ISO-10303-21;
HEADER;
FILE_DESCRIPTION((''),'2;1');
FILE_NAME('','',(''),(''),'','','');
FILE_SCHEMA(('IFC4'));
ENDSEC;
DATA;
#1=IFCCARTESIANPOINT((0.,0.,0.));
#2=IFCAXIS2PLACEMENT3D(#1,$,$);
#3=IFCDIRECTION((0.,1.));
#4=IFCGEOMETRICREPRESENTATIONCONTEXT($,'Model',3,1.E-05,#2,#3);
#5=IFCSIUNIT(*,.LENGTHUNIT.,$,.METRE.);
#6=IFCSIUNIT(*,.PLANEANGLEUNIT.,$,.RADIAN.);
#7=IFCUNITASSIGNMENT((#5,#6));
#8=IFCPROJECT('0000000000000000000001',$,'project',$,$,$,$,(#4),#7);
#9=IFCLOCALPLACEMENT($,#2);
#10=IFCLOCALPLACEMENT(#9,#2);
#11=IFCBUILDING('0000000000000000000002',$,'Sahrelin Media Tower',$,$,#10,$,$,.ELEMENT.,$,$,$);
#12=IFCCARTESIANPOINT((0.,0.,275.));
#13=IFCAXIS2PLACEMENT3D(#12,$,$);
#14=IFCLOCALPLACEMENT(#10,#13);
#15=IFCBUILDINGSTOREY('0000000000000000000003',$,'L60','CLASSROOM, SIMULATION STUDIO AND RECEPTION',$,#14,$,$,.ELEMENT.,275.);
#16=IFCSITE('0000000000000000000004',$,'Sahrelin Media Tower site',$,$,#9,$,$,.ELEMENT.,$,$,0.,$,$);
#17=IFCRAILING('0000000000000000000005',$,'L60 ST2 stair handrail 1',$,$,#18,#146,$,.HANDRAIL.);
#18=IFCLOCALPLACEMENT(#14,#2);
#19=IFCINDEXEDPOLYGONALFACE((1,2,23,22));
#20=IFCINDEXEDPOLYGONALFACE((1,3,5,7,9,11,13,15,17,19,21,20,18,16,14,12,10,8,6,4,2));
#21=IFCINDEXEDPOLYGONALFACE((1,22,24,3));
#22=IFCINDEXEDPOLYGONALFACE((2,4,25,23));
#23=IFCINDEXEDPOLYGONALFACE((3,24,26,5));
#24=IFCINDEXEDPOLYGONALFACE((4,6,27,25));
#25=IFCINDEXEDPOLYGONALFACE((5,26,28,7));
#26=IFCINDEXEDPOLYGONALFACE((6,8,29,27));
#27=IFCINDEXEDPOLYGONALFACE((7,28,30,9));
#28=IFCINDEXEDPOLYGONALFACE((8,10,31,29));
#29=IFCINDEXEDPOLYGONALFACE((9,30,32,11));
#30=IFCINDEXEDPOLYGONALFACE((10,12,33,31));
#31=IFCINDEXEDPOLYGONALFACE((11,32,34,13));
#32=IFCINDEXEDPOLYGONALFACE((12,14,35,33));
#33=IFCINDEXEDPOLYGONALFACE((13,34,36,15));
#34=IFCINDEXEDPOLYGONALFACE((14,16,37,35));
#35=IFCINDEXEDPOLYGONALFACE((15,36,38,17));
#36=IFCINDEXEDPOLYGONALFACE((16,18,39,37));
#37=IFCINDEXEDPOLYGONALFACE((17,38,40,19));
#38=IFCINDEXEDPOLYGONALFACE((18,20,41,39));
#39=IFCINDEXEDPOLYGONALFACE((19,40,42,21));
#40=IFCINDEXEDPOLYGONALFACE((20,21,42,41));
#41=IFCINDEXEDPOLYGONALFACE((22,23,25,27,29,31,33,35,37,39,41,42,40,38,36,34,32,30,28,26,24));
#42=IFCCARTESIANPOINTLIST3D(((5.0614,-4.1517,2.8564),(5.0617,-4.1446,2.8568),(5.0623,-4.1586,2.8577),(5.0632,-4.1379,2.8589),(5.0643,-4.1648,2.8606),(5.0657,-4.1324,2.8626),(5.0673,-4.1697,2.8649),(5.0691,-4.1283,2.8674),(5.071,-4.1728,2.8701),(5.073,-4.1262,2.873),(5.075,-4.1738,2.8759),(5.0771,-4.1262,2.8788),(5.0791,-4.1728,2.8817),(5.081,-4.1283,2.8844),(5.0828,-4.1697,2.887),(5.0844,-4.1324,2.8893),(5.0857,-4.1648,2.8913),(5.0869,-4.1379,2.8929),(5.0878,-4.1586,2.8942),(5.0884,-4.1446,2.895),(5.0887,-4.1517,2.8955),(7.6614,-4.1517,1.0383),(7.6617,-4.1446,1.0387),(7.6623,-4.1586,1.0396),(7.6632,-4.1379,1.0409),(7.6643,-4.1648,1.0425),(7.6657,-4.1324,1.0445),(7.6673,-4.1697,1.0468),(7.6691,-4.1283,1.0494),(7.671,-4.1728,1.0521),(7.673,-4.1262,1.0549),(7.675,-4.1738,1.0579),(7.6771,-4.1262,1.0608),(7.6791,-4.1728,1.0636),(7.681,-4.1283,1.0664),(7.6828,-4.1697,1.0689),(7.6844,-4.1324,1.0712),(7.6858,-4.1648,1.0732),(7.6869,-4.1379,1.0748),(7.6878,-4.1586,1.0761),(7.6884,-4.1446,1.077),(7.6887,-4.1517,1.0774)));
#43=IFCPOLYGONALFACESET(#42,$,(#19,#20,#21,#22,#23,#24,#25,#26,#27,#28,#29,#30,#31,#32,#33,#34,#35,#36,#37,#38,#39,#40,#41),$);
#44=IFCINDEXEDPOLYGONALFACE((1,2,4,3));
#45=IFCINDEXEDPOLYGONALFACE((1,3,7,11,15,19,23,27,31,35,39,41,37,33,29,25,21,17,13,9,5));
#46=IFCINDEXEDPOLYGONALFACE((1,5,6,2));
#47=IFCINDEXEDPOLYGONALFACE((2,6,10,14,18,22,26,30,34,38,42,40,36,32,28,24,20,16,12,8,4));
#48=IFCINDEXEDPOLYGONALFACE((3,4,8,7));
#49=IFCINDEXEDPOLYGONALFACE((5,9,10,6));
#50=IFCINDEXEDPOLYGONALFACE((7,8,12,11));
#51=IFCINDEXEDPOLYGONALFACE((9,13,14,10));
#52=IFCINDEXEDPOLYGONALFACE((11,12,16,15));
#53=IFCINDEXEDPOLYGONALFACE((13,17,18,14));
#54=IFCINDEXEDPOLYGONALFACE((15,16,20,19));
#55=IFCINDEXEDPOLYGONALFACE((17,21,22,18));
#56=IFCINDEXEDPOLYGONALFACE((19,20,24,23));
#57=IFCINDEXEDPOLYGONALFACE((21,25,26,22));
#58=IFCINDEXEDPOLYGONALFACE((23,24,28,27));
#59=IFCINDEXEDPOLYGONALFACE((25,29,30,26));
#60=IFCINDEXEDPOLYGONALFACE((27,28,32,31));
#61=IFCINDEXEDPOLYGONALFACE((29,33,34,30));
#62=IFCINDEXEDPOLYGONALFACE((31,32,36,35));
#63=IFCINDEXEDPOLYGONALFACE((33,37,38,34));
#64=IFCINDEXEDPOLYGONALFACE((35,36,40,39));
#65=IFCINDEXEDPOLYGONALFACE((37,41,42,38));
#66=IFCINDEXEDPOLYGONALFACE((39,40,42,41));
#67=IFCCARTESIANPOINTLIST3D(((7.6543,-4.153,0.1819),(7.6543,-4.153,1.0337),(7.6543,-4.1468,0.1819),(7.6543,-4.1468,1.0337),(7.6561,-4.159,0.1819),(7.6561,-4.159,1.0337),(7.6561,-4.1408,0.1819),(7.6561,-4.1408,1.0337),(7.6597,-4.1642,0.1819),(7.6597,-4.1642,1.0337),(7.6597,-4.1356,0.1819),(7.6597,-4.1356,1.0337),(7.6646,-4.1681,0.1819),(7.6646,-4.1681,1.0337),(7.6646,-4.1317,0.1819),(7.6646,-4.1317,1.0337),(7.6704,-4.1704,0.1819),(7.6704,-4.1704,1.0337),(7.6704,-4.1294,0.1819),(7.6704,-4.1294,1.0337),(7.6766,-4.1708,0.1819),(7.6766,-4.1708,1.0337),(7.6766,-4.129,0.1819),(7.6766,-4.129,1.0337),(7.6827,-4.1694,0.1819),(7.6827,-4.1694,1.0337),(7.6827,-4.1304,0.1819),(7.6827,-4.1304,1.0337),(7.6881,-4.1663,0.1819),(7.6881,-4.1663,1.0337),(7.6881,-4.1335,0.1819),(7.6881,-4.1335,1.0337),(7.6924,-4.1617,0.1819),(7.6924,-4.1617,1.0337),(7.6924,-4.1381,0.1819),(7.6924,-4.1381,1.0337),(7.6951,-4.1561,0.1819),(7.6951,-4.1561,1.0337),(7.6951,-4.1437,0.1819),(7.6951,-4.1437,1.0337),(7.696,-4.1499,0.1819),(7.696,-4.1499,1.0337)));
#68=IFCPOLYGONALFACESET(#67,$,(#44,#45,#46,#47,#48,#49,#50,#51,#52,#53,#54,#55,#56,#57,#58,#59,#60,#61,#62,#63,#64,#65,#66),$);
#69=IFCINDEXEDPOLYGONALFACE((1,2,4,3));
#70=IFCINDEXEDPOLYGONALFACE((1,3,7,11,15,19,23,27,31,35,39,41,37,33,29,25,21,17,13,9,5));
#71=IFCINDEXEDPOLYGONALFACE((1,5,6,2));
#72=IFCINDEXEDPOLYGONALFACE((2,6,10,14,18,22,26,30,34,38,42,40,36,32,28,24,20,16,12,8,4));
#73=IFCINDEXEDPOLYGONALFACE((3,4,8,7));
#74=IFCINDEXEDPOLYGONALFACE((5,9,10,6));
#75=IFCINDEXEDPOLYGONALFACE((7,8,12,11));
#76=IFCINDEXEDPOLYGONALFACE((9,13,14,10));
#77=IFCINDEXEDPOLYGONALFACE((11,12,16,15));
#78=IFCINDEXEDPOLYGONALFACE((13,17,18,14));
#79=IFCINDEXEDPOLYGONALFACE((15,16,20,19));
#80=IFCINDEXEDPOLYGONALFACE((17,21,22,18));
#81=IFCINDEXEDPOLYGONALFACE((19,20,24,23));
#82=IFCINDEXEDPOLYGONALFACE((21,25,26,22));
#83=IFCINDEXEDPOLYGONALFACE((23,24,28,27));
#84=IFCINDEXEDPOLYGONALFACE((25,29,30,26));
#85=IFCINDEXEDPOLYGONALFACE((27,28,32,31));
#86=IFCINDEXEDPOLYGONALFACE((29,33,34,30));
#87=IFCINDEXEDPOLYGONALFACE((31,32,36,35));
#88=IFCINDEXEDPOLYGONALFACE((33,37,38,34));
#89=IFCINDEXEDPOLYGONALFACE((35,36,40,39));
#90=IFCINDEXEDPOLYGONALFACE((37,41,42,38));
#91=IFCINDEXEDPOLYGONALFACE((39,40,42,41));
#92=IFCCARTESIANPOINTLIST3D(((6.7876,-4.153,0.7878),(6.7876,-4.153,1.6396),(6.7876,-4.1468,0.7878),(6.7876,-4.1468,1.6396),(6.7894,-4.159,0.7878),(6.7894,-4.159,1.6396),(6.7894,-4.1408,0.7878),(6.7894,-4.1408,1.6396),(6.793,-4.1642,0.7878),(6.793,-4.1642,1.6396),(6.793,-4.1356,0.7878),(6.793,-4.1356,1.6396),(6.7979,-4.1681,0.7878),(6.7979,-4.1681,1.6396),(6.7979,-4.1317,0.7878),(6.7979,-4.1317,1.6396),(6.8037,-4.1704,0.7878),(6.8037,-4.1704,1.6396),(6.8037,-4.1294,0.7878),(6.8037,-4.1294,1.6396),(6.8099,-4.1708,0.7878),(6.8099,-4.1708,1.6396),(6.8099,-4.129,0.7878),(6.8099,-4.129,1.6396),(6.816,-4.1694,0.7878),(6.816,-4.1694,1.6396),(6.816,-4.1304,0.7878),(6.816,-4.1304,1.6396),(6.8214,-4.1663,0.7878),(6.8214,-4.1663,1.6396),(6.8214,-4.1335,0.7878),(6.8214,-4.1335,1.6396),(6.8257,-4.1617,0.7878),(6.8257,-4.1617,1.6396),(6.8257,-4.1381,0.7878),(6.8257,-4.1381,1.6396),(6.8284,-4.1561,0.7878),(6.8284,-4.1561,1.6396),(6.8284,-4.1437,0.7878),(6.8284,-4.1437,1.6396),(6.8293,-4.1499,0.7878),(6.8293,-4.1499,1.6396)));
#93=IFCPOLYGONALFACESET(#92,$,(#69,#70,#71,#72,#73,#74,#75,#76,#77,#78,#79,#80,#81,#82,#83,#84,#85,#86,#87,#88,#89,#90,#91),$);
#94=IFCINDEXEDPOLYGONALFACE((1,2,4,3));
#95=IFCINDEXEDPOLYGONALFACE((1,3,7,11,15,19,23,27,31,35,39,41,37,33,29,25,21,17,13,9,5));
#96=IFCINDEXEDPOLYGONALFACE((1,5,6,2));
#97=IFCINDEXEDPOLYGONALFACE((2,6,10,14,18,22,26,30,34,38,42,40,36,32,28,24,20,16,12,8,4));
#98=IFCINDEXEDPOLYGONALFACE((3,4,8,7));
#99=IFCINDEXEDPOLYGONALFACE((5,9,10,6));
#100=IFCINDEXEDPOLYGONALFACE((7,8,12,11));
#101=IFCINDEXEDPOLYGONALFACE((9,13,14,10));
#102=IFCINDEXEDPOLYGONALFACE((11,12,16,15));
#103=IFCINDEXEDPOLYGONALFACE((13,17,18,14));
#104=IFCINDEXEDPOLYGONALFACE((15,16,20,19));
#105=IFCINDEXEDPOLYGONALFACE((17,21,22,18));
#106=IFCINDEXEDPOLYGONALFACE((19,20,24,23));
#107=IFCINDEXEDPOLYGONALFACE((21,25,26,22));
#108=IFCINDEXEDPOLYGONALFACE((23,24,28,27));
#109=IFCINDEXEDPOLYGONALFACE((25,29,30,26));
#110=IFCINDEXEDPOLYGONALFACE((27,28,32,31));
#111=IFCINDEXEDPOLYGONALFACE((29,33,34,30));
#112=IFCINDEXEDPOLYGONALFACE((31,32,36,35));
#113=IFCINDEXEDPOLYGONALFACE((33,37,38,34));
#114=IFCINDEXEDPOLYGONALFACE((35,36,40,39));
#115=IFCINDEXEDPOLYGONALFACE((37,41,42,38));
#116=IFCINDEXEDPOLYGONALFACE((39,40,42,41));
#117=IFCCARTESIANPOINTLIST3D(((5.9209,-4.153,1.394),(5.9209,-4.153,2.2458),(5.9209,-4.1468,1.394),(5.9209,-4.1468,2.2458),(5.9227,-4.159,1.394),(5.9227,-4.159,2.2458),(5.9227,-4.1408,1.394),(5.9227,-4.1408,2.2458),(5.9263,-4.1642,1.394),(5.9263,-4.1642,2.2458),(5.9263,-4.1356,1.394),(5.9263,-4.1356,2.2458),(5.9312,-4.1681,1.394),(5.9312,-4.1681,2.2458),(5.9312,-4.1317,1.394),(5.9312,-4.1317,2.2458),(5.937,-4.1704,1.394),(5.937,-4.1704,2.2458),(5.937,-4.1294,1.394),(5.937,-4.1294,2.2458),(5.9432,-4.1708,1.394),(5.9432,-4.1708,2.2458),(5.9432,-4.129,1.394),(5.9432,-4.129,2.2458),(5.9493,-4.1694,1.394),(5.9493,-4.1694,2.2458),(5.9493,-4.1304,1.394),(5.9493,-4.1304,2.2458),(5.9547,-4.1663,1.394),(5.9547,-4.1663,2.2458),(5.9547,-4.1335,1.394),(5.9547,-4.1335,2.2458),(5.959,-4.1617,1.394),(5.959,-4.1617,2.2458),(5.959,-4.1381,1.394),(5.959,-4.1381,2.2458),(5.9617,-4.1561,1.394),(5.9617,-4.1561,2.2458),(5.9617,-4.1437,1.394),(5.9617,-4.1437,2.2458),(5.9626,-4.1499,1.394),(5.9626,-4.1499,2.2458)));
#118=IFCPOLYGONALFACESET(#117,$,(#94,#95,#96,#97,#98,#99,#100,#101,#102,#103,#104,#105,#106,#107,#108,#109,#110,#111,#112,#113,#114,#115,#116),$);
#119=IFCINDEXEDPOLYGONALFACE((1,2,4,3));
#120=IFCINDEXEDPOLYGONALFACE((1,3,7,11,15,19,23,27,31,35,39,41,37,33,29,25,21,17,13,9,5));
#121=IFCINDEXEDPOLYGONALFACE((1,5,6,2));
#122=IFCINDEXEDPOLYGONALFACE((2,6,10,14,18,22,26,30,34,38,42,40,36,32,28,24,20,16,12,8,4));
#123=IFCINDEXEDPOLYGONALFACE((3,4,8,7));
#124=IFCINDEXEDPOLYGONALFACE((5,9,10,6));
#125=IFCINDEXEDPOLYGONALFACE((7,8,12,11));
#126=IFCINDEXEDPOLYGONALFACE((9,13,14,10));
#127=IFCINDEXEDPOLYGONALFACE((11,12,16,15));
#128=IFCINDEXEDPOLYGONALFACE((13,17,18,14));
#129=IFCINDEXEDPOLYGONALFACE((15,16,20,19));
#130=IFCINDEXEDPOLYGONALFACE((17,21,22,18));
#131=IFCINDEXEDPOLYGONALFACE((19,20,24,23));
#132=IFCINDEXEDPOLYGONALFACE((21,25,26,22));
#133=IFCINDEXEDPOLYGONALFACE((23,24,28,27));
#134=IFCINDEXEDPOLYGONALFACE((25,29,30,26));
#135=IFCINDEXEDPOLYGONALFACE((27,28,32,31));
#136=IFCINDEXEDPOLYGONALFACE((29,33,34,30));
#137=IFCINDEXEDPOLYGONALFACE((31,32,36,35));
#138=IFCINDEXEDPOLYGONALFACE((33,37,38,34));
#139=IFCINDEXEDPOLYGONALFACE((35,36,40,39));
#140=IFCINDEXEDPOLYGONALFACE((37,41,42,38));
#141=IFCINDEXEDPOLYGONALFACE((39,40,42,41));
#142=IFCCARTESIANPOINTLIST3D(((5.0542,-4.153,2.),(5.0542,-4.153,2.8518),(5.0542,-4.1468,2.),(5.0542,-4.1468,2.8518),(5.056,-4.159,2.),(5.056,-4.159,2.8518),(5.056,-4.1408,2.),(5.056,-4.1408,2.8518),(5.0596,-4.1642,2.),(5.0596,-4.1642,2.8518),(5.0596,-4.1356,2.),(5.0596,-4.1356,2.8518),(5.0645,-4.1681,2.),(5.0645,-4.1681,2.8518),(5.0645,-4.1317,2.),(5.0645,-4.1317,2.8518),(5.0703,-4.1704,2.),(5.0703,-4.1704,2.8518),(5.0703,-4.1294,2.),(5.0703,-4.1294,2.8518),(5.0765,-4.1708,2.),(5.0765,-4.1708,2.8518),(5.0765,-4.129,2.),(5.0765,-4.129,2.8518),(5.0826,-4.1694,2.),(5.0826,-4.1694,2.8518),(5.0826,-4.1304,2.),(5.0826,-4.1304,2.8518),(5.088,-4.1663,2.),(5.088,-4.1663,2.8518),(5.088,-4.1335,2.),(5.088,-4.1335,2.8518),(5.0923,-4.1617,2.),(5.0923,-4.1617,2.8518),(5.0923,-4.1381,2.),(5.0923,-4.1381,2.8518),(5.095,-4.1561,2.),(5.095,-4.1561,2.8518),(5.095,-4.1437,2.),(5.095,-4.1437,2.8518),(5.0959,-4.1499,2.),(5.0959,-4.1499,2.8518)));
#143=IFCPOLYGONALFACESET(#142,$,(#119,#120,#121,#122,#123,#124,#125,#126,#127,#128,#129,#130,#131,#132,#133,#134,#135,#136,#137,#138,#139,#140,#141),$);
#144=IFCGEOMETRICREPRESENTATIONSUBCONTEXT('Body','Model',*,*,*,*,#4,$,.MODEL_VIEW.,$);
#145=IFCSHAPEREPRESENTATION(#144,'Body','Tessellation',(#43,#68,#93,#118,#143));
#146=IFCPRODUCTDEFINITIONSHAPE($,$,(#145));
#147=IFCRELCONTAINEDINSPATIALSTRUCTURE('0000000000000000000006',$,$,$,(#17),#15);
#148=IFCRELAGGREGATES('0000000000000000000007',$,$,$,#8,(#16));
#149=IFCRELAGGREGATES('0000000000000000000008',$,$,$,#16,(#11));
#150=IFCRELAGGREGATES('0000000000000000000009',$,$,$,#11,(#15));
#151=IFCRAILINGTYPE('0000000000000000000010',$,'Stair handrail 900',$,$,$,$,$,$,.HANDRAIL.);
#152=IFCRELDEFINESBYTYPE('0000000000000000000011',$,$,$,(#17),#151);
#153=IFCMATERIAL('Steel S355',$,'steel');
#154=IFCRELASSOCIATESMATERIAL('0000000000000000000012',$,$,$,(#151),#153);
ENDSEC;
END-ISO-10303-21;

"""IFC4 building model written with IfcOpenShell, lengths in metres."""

from ifc_helpers import new_model, si_unit, direction, frame, origin, origin_2d, place, context, subcontext, project, spatial, circle, extrude, material, type_object, element, save


model = new_model("IFC4")

# Units and contexts
model_context = context("Model", 3, precision=1e-05, world=origin(), true_north=direction((0.0, 1.0)))
body_context = subcontext(model_context, "Body", "Model", "MODEL_VIEW")
ifc_project = project(units=[si_unit("LENGTHUNIT", "METRE"), si_unit("PLANEANGLEUNIT", "RADIAN")], contexts=[model_context])

# Site, building, storey
site_placement = place(None, origin())
site = spatial("IfcSite", under=ifc_project, at=site_placement, Name="Sahrelin Media Tower site", CompositionType="ELEMENT", RefElevation=0.0)
building_placement = place(site_placement, origin())
building = spatial("IfcBuilding", under=site, at=building_placement, Name="Sahrelin Media Tower", CompositionType="ELEMENT")
storey_placement = place(building_placement, frame((0.0, 0.0, 275.0)))
storey = spatial("IfcBuildingStorey", under=building, at=storey_placement, Name="L60", Description="CLASSROOM, SIMULATION STUDIO AND RECEPTION", CompositionType="ELEMENT", Elevation=275.0)

# Shared definitions
ifc_material_1 = material(Name="Steel S355", Category="steel")

# Railing
railing_type_1 = type_object("IfcRailingType", Name="Stair handrail 900", PredefinedType="HANDRAIL", material=ifc_material_1)
railing_1_placement = place(storey_placement, frame((7.675, -4.1499, 0.1819)))
element("IfcRailing", 1, at=railing_1_placement, inside=storey, type_object=railing_type_1, Name="L60 ST2 stair handrail 1", PredefinedType="HANDRAIL", context=body_context, shape_type="SweptSolid", body=[
    extrude(circle(Radius=0.0239, at=origin_2d()), frame((0.0, 0.0, 0.876), z_axis=(-0.819521, 0.0, 0.573049), x_axis=(0.0, -1.0, 0.0)), (0.0, 0.0, 1.0), 3.1726),
    extrude(circle(Radius=0.021, at=origin_2d()), origin(), (0.0, 0.0, 1.0), 0.8518),
    extrude(circle(Radius=0.021, at=origin_2d()), frame((-0.8667, 0.0, 0.606)), (0.0, 0.0, 1.0), 0.8518),
    extrude(circle(Radius=0.021, at=origin_2d()), frame((-1.7334, 0.0, 1.2122)), (0.0, 0.0, 1.0), 0.8518),
    extrude(circle(Radius=0.021, at=origin_2d()), frame((-2.6001, 0.0, 1.8181)), (0.0, 0.0, 1.0), 0.8518),
])

save(model, "model.ifc")
